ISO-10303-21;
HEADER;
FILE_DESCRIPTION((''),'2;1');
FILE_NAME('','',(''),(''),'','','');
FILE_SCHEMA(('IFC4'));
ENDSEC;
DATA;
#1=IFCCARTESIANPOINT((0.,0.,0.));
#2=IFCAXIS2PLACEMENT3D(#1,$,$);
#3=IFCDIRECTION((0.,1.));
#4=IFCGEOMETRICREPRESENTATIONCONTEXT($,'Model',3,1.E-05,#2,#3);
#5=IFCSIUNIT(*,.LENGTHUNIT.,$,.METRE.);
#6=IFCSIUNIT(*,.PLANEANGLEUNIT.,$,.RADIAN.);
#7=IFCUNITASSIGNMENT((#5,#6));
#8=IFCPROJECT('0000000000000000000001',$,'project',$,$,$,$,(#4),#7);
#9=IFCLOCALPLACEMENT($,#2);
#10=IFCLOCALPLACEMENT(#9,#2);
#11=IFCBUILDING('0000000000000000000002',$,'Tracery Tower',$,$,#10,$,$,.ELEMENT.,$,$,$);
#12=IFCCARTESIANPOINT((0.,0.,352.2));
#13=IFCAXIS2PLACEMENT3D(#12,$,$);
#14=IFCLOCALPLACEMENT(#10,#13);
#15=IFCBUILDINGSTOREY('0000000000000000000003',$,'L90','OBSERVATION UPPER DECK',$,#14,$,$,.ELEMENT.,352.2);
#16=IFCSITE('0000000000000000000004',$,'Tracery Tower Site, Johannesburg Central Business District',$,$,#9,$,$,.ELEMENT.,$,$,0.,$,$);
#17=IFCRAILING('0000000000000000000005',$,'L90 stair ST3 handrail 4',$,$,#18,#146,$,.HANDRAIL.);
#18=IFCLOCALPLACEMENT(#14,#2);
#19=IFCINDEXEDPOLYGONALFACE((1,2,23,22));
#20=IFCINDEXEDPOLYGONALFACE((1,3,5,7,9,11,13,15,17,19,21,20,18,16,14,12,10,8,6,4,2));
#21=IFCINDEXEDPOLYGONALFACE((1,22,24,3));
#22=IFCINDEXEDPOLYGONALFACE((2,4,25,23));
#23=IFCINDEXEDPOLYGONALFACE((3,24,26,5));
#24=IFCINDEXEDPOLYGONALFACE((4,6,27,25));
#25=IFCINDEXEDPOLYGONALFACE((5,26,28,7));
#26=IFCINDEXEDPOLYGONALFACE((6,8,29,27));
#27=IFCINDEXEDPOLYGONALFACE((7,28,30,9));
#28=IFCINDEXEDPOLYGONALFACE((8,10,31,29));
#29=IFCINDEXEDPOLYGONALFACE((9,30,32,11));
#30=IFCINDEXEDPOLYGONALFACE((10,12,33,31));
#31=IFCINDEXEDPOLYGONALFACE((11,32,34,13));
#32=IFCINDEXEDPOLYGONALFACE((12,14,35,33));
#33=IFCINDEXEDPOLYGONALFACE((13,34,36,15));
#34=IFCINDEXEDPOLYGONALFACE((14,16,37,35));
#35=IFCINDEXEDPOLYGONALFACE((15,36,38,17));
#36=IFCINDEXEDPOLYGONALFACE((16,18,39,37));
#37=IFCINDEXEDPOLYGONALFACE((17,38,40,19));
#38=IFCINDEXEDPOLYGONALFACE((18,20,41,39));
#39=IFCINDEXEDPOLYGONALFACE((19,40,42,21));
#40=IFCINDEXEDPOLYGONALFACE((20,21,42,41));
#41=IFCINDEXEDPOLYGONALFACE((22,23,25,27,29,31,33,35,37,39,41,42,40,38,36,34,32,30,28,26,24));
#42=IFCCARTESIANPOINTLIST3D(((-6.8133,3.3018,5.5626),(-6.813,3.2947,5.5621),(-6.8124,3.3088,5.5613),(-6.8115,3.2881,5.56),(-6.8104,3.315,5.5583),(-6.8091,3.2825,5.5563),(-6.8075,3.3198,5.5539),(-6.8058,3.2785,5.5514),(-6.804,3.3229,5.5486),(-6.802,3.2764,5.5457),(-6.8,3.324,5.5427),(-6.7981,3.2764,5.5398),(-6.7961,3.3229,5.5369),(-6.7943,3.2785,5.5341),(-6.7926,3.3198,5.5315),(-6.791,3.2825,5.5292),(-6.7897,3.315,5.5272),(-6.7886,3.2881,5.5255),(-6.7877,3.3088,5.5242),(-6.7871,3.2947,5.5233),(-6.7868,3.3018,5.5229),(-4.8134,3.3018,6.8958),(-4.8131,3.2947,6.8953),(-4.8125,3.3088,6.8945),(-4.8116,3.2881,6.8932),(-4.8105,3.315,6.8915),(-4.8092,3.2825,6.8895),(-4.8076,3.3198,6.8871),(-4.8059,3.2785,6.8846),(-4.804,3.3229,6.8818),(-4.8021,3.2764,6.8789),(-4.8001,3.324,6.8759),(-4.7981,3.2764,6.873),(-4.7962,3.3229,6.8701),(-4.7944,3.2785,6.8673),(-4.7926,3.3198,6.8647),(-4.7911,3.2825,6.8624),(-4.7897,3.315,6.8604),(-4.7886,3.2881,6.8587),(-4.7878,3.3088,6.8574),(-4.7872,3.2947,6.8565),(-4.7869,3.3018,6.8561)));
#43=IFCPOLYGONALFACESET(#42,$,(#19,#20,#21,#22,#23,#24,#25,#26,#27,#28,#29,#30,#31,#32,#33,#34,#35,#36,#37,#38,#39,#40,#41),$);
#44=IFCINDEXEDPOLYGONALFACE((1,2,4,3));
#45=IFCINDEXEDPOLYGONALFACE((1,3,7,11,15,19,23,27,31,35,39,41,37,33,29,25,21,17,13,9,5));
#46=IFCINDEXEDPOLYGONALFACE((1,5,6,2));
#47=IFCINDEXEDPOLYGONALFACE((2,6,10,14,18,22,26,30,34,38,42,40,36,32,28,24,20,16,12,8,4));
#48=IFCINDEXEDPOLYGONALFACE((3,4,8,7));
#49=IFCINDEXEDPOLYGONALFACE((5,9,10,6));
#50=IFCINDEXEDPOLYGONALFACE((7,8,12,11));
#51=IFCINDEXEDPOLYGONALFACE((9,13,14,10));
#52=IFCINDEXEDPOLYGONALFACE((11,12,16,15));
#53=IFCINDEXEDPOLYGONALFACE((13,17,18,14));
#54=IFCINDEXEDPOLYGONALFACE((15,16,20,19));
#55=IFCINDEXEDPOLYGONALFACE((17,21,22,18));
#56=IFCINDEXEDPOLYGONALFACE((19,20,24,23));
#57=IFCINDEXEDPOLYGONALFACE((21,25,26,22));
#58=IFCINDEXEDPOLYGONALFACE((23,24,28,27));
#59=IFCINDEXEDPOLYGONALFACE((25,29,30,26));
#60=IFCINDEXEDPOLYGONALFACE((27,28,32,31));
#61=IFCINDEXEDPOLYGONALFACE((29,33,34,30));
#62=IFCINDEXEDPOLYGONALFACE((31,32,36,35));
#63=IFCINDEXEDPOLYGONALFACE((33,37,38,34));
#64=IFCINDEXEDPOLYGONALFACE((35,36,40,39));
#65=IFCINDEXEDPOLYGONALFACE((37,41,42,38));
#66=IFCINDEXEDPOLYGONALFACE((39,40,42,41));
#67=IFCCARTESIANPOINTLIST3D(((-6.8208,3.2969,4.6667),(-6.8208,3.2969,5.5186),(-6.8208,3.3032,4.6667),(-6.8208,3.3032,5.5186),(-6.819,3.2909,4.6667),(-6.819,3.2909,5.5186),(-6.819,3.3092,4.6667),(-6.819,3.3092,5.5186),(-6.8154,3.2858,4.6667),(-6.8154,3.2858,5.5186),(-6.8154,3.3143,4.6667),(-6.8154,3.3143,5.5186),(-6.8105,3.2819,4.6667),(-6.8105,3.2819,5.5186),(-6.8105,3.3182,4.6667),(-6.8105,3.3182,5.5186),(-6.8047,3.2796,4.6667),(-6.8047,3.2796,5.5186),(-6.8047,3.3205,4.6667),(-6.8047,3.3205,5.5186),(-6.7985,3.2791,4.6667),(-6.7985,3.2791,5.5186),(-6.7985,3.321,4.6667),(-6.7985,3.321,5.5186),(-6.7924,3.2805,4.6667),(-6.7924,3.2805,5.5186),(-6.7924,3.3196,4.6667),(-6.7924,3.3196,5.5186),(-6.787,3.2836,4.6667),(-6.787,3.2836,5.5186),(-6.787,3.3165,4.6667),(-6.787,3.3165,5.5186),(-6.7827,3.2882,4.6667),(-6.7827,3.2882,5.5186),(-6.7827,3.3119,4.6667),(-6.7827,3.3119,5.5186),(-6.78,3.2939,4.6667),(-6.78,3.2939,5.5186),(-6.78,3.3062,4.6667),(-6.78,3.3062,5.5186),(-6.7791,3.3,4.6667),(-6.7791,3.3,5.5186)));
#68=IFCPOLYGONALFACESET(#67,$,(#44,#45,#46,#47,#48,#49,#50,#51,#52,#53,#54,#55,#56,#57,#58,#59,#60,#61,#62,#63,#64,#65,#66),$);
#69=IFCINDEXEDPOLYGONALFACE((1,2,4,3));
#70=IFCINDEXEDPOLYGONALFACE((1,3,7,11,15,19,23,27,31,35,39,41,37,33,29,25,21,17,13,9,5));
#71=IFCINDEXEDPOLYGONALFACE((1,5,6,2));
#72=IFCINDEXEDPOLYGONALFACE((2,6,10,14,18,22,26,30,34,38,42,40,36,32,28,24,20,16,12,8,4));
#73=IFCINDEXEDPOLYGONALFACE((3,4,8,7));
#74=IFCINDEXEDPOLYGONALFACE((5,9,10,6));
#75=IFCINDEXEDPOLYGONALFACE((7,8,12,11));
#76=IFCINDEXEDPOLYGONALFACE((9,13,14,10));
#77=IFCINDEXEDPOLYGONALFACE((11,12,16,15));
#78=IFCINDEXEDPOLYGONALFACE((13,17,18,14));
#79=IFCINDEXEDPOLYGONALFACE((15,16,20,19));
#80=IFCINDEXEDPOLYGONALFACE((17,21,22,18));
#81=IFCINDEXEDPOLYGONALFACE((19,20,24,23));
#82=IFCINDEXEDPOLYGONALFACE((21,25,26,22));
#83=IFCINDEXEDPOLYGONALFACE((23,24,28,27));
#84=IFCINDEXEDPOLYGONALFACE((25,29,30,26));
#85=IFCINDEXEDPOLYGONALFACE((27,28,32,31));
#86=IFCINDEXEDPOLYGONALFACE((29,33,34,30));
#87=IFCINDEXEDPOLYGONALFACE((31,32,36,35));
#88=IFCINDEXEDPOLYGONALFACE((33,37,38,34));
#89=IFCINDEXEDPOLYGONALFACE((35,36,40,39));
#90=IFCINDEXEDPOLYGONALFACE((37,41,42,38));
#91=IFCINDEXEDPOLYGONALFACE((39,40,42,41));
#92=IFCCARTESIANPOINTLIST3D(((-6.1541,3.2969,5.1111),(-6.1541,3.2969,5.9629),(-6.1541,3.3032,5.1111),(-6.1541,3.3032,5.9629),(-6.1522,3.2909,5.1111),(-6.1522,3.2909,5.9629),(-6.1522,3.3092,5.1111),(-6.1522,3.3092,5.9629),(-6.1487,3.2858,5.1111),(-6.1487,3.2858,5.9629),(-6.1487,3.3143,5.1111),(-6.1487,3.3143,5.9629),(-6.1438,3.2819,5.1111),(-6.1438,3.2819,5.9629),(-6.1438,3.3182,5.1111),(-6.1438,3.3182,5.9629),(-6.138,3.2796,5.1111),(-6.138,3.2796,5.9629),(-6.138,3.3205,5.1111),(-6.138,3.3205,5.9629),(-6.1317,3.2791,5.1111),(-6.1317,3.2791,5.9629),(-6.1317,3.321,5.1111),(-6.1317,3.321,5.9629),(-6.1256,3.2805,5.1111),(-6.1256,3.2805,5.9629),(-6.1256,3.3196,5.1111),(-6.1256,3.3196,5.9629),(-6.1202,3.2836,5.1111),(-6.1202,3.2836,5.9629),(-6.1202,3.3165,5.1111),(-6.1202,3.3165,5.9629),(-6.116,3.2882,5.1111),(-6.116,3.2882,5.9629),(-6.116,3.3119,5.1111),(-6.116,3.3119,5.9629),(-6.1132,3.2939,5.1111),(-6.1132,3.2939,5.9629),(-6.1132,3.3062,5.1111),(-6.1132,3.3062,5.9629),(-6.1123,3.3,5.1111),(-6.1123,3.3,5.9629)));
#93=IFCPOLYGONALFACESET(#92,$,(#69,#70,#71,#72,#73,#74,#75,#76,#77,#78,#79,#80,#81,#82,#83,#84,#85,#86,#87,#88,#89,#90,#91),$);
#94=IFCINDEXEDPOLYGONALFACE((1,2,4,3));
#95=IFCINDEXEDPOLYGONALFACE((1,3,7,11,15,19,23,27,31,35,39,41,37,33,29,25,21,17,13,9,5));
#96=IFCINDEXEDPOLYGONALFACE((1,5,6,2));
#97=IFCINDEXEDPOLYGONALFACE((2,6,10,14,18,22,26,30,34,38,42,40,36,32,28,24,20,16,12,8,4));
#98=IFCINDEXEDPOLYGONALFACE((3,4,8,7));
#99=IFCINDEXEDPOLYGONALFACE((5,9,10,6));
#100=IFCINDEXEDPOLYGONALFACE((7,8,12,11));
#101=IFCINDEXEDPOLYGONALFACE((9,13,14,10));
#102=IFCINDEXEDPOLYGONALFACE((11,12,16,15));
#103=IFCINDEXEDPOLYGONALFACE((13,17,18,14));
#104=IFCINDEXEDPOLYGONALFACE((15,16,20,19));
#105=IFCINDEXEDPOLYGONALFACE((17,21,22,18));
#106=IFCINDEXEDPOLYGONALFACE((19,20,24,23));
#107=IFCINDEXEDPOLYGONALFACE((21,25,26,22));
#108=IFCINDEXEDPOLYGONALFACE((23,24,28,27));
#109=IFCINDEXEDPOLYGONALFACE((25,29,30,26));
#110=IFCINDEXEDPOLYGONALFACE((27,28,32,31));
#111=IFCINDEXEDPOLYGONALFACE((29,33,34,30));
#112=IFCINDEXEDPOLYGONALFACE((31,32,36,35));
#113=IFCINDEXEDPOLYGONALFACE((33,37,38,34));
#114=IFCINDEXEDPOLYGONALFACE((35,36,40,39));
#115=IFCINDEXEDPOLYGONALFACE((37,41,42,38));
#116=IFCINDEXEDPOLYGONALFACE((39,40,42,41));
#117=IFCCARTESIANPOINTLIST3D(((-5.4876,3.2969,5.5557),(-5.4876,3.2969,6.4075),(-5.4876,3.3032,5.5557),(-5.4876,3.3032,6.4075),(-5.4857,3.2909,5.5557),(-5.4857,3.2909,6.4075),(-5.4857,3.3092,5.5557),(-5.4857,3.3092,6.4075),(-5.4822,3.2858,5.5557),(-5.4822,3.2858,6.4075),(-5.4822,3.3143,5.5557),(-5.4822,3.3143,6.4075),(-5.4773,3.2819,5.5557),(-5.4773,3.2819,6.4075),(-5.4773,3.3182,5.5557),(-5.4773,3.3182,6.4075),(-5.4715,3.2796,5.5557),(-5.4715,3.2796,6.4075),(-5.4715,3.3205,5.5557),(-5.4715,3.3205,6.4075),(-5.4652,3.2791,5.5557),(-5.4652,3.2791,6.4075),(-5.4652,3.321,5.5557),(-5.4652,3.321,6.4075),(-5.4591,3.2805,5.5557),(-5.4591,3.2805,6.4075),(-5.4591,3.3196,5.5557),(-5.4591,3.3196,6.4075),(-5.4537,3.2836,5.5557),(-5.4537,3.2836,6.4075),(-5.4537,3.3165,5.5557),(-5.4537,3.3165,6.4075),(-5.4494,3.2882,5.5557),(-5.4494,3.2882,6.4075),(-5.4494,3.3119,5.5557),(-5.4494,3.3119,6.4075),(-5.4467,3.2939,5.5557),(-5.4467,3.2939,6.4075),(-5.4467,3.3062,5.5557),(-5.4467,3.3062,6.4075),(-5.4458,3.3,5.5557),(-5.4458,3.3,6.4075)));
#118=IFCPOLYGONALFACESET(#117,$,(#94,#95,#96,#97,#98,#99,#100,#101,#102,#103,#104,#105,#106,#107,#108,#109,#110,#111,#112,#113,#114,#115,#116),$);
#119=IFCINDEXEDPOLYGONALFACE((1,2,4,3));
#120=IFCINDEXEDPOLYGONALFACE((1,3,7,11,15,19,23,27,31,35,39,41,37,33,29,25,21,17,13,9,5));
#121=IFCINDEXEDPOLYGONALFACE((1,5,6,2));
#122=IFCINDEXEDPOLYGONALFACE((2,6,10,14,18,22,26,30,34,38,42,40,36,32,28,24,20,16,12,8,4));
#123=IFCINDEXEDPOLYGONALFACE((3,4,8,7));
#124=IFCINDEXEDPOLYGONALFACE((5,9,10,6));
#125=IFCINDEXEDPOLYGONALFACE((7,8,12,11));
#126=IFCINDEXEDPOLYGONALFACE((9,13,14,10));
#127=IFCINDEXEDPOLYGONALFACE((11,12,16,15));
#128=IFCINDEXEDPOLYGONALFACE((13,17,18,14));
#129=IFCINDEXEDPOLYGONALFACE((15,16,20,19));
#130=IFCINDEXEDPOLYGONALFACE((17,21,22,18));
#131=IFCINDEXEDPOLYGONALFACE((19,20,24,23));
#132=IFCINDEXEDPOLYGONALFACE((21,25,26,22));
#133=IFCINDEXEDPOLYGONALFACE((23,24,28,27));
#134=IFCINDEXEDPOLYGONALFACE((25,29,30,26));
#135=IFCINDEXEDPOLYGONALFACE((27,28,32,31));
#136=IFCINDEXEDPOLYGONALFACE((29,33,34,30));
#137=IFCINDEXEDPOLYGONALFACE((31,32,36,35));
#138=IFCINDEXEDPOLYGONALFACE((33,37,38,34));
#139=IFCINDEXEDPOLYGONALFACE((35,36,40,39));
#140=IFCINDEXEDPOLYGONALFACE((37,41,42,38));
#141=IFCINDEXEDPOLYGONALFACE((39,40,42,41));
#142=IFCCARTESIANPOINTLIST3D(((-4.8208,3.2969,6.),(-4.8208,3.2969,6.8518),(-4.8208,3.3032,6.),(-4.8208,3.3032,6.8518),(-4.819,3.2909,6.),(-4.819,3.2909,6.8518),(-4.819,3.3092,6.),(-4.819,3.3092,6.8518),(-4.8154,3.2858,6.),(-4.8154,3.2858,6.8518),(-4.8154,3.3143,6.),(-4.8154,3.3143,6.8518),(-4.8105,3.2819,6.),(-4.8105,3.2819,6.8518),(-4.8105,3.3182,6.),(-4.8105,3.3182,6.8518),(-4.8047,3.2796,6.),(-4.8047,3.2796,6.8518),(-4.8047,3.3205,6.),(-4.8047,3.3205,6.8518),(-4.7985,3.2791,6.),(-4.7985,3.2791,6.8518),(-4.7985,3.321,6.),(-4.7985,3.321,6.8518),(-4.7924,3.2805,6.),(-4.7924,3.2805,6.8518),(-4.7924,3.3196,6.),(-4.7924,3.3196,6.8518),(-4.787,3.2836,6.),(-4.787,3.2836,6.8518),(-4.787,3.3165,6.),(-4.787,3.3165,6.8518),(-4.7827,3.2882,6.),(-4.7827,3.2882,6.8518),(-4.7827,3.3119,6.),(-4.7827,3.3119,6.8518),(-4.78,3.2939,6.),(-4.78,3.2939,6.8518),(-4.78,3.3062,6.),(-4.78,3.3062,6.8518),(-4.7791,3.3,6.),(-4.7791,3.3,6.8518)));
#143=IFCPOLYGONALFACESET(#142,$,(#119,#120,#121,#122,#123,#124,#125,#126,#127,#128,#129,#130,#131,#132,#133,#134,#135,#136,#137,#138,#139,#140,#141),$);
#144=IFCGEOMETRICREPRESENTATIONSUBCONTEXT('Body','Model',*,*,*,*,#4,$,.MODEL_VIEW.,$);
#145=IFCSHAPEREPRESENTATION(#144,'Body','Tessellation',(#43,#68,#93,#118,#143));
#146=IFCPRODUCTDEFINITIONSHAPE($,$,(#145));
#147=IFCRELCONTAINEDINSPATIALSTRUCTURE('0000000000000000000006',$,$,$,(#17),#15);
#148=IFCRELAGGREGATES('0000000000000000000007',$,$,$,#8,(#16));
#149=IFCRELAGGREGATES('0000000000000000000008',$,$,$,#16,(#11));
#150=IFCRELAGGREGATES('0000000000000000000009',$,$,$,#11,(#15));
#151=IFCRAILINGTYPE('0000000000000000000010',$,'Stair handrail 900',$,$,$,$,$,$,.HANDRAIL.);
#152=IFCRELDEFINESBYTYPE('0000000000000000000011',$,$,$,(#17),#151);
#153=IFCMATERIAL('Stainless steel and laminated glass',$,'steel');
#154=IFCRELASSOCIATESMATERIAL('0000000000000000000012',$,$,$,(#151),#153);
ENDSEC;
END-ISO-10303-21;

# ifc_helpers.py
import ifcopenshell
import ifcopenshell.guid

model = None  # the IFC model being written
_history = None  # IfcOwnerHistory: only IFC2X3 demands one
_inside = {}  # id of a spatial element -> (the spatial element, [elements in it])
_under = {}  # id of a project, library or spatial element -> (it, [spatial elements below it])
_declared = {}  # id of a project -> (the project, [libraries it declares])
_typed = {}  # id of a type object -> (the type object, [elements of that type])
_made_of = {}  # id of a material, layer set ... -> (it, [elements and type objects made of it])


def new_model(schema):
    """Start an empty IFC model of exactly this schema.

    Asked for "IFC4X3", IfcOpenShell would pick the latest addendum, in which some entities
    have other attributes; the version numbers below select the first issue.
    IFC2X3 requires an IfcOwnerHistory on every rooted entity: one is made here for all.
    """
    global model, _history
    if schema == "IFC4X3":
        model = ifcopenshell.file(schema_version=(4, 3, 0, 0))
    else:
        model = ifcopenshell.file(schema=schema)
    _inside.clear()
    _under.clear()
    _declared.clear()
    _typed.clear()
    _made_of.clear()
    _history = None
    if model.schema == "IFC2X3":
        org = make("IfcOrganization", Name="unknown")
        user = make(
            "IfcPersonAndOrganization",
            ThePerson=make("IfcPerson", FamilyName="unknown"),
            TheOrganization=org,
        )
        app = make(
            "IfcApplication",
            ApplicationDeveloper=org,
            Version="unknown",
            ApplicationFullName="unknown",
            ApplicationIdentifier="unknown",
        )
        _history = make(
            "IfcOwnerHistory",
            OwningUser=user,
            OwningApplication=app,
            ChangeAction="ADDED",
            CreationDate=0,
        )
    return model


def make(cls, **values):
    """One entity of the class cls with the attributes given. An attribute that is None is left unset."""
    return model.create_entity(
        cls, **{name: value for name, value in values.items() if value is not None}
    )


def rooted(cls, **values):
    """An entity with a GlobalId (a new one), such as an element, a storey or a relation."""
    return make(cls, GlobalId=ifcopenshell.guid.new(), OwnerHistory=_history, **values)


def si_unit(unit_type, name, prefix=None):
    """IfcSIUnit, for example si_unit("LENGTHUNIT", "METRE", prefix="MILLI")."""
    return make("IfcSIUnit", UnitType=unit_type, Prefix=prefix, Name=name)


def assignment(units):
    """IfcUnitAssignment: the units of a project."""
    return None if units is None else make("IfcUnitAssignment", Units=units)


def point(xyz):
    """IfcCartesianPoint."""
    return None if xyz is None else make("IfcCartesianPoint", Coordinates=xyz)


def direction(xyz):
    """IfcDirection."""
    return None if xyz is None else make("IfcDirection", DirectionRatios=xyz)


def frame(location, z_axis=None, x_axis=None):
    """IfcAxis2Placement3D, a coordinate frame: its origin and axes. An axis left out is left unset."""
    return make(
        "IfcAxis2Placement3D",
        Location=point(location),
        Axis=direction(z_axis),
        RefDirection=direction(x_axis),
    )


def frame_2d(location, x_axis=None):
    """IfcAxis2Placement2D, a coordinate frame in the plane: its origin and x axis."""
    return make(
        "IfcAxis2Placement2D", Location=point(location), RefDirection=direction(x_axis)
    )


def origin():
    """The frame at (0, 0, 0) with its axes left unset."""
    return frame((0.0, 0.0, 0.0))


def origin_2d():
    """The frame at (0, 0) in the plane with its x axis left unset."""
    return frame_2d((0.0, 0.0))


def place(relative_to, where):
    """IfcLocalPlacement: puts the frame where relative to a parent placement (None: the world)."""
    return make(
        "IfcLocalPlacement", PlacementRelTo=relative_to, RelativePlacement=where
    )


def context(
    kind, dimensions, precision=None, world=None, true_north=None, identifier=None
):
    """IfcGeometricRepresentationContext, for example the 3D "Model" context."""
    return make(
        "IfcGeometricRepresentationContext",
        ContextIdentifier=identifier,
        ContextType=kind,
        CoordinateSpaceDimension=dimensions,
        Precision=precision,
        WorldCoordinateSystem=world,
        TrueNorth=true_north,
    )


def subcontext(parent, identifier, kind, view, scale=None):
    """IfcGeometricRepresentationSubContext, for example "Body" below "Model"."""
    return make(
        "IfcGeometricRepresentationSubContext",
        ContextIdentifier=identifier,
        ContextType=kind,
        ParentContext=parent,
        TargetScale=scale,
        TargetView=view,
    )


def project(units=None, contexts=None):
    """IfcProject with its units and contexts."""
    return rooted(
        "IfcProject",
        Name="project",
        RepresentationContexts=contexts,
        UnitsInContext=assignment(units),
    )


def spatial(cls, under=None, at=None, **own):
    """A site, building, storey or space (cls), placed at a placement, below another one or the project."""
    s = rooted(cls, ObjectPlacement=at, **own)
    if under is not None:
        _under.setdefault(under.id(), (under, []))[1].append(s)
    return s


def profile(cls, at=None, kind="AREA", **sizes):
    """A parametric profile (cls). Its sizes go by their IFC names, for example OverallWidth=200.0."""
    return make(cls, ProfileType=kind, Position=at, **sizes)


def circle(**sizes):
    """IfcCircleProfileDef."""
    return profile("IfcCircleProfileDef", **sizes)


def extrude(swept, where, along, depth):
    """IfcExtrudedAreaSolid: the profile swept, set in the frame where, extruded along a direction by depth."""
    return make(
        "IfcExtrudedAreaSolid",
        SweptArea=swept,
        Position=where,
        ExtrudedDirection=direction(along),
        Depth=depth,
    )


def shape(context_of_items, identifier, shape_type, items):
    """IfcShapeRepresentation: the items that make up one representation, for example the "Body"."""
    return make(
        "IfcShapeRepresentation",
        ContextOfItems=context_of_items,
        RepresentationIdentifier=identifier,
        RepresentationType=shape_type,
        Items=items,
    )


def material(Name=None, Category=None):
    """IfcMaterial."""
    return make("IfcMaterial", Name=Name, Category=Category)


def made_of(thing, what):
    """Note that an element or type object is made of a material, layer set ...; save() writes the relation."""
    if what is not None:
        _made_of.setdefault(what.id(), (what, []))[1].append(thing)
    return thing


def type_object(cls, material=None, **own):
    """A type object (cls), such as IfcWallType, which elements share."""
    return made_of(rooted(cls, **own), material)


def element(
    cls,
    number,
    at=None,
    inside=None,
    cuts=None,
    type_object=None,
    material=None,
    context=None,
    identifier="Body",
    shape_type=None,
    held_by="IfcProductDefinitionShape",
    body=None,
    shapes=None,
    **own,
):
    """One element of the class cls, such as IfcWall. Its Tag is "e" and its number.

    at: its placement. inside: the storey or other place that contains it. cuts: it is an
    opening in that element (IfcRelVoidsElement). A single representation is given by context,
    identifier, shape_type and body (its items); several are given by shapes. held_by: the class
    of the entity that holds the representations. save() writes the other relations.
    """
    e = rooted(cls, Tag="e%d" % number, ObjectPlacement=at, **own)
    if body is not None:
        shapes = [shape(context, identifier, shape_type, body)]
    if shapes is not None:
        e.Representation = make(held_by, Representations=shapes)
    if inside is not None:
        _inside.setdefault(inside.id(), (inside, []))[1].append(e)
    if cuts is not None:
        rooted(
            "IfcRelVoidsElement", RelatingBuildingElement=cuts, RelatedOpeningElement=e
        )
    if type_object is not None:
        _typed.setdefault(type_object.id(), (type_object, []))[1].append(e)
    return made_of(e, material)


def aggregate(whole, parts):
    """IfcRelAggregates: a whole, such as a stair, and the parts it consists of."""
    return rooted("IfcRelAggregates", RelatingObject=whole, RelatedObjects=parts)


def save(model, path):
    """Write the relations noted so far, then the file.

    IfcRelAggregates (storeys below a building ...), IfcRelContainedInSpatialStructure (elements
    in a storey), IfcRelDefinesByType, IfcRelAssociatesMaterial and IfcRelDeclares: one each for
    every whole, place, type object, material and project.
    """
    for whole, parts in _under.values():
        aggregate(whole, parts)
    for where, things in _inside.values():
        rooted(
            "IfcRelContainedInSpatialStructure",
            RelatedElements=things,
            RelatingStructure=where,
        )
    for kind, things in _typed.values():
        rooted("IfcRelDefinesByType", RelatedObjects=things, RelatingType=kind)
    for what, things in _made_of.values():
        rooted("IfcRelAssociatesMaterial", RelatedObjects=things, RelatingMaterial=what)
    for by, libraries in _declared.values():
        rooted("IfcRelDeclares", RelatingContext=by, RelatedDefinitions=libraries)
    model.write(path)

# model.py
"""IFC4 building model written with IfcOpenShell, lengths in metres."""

from ifc_helpers import new_model, si_unit, direction, frame, origin, origin_2d, place, context, subcontext, project, spatial, circle, extrude, material, type_object, element, save


model = new_model("IFC4")

# Units and contexts
model_context = context("Model", 3, precision=1e-05, world=origin(), true_north=direction((0.0, 1.0)))
body_context = subcontext(model_context, "Body", "Model", "MODEL_VIEW")
ifc_project = project(units=[si_unit("LENGTHUNIT", "METRE"), si_unit("PLANEANGLEUNIT", "RADIAN")], contexts=[model_context])

# Site, building, storey
site_placement = place(None, origin())
site = spatial("IfcSite", under=ifc_project, at=site_placement, Name="Tracery Tower Site, Johannesburg Central Business District", CompositionType="ELEMENT", RefElevation=0.0)
building_placement = place(site_placement, origin())
building = spatial("IfcBuilding", under=site, at=building_placement, Name="Tracery Tower", CompositionType="ELEMENT")
storey_placement = place(building_placement, frame((0.0, 0.0, 352.2)))
storey = spatial("IfcBuildingStorey", under=building, at=storey_placement, Name="L90", Description="OBSERVATION UPPER DECK", CompositionType="ELEMENT", Elevation=352.2)

# Railing
ifc_material_1 = material(Name="Stainless steel and laminated glass", Category="steel")
railing_type_1 = type_object("IfcRailingType", Name="Stair handrail 900", PredefinedType="HANDRAIL", material=ifc_material_1)
railing_1_placement = place(storey_placement, frame((-6.8, 3.3, 4.6667)))
element("IfcRailing", 1, at=railing_1_placement, inside=storey, type_object=railing_type_1, Name="L90 stair ST3 handrail 4", PredefinedType="HANDRAIL", context=body_context, shape_type="SweptSolid", body=[
    extrude(circle(Radius=0.0239, at=origin_2d()), frame((0.0, 0.0, 0.876), z_axis=(0.832066, 0.0, 0.554677), x_axis=(0.0, 1.0, 0.0)), (0.0, 0.0, 1.0), 2.4036),
    extrude(circle(Radius=0.021, at=origin_2d()), origin(), (0.0, 0.0, 1.0), 0.8518),
    extrude(circle(Radius=0.021, at=origin_2d()), frame((0.6667, 0.0, 0.4443)), (0.0, 0.0, 1.0), 0.8518),
    extrude(circle(Radius=0.021, at=origin_2d()), frame((1.3333, 0.0, 0.8889)), (0.0, 0.0, 1.0), 0.8518),
    extrude(circle(Radius=0.021, at=origin_2d()), frame((2.0, 0.0, 1.3333)), (0.0, 0.0, 1.0), 0.8518),
])

save(model, "model.ifc")
